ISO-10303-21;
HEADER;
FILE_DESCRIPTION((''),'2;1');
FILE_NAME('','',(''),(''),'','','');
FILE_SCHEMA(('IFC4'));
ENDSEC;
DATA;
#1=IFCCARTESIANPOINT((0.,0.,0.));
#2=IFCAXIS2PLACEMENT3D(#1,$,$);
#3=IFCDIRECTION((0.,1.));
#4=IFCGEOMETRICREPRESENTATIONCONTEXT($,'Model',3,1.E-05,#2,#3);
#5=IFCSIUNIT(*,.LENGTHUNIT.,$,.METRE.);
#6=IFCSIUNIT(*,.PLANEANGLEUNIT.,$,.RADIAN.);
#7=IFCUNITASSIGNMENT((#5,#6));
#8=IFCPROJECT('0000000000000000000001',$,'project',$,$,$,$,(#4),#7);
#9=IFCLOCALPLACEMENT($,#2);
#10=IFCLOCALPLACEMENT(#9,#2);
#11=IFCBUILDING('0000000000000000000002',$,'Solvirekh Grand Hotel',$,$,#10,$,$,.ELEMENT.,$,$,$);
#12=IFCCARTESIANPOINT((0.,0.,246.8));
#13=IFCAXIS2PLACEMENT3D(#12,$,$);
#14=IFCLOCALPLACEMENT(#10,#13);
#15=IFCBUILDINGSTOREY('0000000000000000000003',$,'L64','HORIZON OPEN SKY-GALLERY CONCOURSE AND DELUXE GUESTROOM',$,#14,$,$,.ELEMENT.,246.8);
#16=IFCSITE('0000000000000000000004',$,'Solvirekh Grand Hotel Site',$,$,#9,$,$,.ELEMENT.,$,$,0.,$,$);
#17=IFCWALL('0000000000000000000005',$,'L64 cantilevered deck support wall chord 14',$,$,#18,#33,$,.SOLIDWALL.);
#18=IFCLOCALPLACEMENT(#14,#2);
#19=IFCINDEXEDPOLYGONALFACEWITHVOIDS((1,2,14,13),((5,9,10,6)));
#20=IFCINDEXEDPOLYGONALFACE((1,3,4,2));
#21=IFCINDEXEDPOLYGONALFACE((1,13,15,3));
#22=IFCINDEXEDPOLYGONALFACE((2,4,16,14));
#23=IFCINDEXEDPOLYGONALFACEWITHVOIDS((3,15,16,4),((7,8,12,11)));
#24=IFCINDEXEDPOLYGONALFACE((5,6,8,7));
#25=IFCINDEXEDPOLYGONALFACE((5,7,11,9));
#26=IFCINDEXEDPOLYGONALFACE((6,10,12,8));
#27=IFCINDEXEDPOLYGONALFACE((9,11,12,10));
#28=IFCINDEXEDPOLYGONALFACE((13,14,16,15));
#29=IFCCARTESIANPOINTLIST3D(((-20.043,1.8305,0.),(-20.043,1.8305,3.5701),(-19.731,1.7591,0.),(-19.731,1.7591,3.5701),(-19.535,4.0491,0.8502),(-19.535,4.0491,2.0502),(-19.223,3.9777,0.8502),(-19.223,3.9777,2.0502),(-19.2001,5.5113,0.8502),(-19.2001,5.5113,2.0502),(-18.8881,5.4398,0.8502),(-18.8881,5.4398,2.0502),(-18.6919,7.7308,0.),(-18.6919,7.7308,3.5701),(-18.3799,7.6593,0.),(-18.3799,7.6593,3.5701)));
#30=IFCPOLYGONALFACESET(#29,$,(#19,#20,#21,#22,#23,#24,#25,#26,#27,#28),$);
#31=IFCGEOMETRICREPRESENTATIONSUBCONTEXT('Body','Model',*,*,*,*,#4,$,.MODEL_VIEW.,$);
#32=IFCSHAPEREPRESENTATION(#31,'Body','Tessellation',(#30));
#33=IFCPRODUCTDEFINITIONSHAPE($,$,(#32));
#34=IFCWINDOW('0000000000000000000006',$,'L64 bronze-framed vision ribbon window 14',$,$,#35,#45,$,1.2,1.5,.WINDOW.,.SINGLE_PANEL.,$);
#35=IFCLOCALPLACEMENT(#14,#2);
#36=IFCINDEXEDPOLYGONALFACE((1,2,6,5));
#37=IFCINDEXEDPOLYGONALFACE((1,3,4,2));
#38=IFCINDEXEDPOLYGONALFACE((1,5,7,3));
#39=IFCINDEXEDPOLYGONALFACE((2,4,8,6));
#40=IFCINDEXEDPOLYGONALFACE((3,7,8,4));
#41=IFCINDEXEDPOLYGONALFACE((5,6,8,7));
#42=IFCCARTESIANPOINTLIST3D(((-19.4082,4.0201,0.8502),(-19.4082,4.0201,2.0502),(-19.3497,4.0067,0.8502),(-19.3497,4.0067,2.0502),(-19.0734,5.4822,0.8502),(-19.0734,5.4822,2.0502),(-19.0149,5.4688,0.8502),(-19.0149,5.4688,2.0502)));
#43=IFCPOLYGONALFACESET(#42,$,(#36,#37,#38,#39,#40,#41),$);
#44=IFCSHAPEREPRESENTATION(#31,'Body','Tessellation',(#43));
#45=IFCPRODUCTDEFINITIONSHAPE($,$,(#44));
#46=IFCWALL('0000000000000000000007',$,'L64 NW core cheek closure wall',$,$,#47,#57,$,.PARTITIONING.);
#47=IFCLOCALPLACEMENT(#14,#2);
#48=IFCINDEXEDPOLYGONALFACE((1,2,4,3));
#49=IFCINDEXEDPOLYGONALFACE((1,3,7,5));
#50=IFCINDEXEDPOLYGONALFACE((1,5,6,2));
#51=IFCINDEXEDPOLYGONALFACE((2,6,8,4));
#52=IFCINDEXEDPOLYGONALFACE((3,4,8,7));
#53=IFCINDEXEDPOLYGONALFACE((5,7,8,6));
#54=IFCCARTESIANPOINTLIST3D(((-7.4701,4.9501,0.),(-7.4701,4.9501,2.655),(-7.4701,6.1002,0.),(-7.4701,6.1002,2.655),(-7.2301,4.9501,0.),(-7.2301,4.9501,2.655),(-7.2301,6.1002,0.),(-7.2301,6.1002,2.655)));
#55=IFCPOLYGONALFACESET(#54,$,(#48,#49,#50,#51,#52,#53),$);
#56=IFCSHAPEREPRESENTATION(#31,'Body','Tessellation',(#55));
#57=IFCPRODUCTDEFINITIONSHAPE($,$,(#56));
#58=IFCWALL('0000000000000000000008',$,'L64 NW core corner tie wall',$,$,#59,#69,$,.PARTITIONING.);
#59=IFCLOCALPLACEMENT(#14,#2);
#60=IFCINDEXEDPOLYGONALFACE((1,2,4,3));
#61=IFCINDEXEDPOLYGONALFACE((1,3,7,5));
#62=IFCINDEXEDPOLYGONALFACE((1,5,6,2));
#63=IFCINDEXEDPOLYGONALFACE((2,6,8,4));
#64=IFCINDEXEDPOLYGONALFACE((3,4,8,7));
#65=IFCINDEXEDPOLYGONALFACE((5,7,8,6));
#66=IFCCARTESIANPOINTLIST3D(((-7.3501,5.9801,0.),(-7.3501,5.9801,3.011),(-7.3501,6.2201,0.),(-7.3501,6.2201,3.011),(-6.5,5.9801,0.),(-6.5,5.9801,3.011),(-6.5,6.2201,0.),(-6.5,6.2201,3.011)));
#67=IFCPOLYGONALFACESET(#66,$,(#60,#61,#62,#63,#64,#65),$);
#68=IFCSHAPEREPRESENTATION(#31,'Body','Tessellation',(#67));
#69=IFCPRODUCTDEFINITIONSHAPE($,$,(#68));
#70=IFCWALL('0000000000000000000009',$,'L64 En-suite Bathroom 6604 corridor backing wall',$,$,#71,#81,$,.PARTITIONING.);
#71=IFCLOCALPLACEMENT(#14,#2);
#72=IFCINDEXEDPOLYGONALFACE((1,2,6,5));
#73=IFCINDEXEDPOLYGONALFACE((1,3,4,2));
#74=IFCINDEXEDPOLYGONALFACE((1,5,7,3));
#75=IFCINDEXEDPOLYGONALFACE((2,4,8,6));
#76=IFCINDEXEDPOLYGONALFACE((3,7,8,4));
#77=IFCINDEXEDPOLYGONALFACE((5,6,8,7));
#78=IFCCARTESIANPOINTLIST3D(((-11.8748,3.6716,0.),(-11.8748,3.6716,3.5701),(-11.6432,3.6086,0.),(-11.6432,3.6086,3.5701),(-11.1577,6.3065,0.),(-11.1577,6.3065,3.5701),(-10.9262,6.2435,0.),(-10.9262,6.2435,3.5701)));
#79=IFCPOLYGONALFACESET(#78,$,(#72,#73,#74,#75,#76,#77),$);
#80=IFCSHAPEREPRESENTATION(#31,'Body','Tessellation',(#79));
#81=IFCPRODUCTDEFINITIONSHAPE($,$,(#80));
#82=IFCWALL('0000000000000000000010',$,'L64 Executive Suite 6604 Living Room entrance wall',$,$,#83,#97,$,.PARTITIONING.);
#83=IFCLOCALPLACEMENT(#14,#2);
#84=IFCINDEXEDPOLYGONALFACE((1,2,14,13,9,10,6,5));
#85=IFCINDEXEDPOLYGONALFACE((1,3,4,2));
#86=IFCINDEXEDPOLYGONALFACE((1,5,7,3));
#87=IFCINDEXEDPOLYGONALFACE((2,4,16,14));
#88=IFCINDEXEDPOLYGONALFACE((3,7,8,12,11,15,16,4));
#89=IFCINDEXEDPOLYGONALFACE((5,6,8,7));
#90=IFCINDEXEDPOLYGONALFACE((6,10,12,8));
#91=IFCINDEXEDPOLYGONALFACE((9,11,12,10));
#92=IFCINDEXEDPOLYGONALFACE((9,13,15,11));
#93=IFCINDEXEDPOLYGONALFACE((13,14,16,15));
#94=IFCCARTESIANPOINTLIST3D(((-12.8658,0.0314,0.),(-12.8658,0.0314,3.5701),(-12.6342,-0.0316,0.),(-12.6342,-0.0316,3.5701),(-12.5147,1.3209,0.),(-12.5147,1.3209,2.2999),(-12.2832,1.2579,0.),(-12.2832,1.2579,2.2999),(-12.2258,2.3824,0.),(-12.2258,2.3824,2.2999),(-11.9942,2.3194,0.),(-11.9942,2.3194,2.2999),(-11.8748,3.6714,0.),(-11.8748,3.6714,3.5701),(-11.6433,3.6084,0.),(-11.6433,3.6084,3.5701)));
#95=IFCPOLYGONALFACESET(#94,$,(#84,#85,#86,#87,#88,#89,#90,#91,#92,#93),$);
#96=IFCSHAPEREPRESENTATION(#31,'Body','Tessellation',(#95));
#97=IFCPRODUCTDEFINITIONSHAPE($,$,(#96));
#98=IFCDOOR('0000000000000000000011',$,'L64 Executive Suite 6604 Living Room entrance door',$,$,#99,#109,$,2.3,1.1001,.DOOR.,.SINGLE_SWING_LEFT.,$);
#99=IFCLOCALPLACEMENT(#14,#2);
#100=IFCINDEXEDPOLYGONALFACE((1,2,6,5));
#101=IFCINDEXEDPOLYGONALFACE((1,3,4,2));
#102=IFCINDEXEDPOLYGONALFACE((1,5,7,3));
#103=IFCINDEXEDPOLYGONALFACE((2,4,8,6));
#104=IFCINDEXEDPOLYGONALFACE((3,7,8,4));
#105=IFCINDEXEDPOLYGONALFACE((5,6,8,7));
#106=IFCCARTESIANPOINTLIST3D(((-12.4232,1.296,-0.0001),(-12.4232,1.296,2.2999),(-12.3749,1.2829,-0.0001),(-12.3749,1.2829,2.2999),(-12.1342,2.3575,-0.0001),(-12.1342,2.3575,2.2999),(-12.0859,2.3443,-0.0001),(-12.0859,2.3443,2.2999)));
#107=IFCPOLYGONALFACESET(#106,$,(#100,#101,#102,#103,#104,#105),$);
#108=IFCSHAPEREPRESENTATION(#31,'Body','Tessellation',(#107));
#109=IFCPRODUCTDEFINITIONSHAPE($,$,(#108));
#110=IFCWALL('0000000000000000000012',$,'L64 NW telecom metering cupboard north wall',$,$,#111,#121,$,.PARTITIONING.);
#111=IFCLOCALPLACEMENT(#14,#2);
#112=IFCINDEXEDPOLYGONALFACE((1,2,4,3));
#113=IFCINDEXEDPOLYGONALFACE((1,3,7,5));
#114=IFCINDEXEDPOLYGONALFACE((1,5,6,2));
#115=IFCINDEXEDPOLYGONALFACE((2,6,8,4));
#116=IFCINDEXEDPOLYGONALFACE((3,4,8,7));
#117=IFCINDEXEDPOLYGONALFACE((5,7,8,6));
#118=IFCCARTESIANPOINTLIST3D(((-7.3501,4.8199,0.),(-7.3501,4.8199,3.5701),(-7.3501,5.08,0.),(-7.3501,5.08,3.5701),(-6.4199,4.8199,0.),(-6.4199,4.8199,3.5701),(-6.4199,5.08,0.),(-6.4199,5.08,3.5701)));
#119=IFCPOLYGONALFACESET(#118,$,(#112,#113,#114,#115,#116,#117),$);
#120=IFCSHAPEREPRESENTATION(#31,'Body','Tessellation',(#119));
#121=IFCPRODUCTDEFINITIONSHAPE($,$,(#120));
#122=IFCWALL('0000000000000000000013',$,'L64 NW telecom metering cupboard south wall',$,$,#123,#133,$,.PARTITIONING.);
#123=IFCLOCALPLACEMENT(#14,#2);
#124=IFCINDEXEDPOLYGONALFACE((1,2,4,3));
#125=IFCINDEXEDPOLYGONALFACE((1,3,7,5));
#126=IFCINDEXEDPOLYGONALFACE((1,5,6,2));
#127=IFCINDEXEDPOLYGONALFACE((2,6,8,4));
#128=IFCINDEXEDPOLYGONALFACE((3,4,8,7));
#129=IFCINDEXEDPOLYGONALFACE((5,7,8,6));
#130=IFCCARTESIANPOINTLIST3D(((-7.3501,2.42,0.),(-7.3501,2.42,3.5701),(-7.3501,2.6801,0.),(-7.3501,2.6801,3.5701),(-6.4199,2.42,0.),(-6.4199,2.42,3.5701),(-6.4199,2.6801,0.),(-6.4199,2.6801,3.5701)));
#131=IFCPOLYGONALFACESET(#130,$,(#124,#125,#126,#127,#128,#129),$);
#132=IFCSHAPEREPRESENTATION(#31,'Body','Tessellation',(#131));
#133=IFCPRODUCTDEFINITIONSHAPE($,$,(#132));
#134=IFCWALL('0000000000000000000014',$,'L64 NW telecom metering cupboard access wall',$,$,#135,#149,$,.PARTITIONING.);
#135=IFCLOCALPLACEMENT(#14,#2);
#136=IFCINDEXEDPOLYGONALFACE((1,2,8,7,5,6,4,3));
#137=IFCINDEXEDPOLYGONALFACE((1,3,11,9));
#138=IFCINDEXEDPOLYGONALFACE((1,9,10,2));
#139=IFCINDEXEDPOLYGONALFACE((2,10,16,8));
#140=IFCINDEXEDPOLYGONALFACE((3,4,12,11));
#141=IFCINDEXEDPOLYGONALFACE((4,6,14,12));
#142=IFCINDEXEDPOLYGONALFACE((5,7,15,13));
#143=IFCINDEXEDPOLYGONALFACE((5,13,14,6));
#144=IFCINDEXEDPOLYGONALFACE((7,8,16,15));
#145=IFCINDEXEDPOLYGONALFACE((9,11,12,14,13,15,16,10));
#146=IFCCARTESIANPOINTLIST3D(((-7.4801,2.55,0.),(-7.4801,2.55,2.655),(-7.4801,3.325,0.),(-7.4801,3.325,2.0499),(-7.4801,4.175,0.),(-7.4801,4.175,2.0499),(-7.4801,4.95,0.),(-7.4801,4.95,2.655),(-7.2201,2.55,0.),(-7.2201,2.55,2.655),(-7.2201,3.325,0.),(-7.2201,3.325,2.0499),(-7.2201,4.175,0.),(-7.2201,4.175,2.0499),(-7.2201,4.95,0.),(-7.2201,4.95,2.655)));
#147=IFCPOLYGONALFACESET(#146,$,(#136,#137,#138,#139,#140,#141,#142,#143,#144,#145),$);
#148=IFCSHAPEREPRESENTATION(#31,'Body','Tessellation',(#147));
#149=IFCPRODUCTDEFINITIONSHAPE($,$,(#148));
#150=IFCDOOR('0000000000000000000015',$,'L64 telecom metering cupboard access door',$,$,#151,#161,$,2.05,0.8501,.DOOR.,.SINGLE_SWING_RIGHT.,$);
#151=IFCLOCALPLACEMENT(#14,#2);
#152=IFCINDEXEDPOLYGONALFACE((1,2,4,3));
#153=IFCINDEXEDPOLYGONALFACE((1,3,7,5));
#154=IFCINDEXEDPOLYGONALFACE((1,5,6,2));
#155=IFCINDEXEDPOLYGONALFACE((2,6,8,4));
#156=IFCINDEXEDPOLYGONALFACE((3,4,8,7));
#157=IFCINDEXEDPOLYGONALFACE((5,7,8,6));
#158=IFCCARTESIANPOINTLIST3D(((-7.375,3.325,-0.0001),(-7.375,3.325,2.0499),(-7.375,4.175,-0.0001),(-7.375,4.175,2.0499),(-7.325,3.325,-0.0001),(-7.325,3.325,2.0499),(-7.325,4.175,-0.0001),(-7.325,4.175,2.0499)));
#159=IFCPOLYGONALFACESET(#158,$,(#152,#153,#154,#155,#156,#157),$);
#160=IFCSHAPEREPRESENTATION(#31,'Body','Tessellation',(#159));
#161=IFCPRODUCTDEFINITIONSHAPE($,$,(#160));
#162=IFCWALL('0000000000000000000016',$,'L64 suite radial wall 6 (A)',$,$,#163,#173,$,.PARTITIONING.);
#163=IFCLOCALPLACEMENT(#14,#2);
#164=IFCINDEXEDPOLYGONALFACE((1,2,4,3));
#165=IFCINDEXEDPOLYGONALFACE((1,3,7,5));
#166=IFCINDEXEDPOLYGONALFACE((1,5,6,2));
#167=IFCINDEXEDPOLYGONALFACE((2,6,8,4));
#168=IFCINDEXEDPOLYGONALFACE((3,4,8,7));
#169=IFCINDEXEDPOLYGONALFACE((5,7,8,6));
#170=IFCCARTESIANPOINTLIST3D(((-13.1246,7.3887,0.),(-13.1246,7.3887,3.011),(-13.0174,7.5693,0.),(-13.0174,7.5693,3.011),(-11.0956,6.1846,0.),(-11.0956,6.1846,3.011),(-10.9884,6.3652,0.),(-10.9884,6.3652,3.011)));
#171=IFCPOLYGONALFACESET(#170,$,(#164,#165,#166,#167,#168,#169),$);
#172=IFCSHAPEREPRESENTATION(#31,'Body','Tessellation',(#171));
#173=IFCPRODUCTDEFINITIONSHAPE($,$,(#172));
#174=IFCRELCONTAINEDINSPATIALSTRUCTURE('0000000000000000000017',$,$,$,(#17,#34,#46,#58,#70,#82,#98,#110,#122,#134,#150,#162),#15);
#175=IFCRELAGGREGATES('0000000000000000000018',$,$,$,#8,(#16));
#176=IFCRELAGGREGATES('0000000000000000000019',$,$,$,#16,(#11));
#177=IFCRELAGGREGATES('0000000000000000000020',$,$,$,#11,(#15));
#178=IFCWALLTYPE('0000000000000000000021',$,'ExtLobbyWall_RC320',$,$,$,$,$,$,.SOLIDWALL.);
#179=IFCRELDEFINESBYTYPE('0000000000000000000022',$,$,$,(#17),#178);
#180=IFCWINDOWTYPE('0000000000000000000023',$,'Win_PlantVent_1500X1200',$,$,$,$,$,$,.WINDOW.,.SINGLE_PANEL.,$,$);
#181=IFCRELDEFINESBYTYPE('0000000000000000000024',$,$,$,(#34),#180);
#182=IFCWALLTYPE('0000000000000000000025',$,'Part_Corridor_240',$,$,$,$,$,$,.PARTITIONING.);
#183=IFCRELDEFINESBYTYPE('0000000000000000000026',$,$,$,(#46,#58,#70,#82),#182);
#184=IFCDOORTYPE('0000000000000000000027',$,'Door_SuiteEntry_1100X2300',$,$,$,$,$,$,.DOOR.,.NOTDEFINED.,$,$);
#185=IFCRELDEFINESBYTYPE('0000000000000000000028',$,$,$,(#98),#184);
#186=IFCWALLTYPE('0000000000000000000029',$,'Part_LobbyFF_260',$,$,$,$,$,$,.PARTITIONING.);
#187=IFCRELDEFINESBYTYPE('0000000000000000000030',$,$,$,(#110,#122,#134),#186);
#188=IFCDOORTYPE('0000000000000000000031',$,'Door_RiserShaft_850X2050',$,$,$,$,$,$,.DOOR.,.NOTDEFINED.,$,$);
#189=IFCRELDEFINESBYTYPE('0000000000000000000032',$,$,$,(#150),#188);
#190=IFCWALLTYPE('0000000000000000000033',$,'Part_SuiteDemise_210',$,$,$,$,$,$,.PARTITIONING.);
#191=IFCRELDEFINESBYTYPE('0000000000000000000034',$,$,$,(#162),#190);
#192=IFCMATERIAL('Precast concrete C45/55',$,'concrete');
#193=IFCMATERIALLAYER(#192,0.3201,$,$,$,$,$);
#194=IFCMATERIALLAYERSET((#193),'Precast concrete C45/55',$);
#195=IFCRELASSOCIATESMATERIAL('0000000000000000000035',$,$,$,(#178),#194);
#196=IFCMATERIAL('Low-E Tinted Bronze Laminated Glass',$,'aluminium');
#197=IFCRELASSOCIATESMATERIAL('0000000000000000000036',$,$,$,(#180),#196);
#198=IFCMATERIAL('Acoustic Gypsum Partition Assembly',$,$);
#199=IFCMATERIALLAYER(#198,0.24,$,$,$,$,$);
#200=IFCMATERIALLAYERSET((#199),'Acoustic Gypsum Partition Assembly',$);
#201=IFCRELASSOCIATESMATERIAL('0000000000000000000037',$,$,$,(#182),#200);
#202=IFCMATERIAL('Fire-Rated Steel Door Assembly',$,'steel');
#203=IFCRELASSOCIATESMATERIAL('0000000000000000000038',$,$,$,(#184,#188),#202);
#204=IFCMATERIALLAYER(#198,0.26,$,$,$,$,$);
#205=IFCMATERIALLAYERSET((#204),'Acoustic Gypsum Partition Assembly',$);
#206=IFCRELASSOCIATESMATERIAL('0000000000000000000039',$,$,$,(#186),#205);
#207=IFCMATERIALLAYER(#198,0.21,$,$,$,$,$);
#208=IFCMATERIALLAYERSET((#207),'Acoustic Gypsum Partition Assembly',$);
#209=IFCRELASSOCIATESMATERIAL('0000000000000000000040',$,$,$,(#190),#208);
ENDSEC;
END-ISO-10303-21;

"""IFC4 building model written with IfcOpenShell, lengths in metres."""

from ifc_helpers import new_model, si_unit, direction, frame, frame_2d, origin, place, context, subcontext, project, spatial, rectangle, extrude, material, layer, layer_set, type_object, element, fill, save


model = new_model("IFC4")

# Units and contexts
model_context = context("Model", 3, precision=1e-05, world=origin(), true_north=direction((0.0, 1.0)))
body_context = subcontext(model_context, "Body", "Model", "MODEL_VIEW")
ifc_project = project(units=[si_unit("LENGTHUNIT", "METRE"), si_unit("PLANEANGLEUNIT", "RADIAN")], contexts=[model_context])

# Site, building, storey
site_placement = place(None, origin())
site = spatial("IfcSite", under=ifc_project, at=site_placement, Name="Solvirekh Grand Hotel Site", CompositionType="ELEMENT", RefElevation=0.0)
building_placement = place(site_placement, origin())
building = spatial("IfcBuilding", under=site, at=building_placement, Name="Solvirekh Grand Hotel", CompositionType="ELEMENT")
storey_placement = place(building_placement, frame((0.0, 0.0, 246.8)))
storey = spatial("IfcBuildingStorey", under=building, at=storey_placement, Name="L64", Description="HORIZON OPEN SKY-GALLERY CONCOURSE AND DELUXE GUESTROOM", CompositionType="ELEMENT", Elevation=246.8)

# Wall, opening, window
ifc_material_1 = material(Name="Precast concrete C45/55", Category="concrete")
ifc_layer_1 = layer(ifc_material_1, 0.3201)
ifc_layer_set_1 = layer_set([ifc_layer_1], Name="Precast concrete C45/55")
wall_type_1 = type_object("IfcWallType", Name="ExtLobbyWall_RC320", PredefinedType="SOLIDWALL", material=ifc_layer_set_1)
ifc_material_2 = material(Name="Low-E Tinted Bronze Laminated Glass", Category="aluminium")
window_type = type_object("IfcWindowType", Name="Win_PlantVent_1500X1200", PartitioningType="SINGLE_PANEL", PredefinedType="WINDOW", material=ifc_material_2)
wall_1_placement = place(storey_placement, frame((-19.887, 1.7949, 0.0), z_axis=(0.0, 0.0, 1.0), x_axis=(0.223212, 0.97477, 0.0)))
wall_1 = element("IfcWall", 1, at=wall_1_placement, inside=storey, type_object=wall_type_1, Name="L64 cantilevered deck support wall chord 14", PredefinedType="SOLIDWALL", context=body_context, shape_type="SweptSolid", body=[
    extrude(rectangle(XDim=6.053, YDim=0.3201, at=frame_2d((3.0264, 0.0))), origin(), (0.0, 0.0, 1.0), 3.5701),
])
opening_1_placement = place(wall_1_placement, frame((2.2759, 0.0, 0.8501)))
opening_1 = element("IfcOpeningElement", 2, at=opening_1_placement, cuts=wall_1, PredefinedType="OPENING", context=body_context, shape_type="SweptSolid", body=[
    extrude(rectangle(XDim=1.5, YDim=1.2, at=frame_2d((0.75, 0.6001))), frame((0.0, 0.1699, 0.0), z_axis=(0.0, -1.0, 0.0), x_axis=(1.0, 0.0, 0.0)), (0.0, 0.0, 1.0), 0.3401),
])
window_1_placement = place(opening_1_placement, origin())
window_1 = element("IfcWindow", 3, at=window_1_placement, inside=storey, type_object=window_type, Name="L64 bronze-framed vision ribbon window 14", OverallHeight=1.2, OverallWidth=1.5, PartitioningType="SINGLE_PANEL", PredefinedType="WINDOW", context=body_context, shape_type="SweptSolid", body=[
    extrude(rectangle(XDim=1.5, YDim=1.2, at=frame_2d((0.75, 0.6001))), frame((0.0, 0.03, 0.0), z_axis=(0.0, -1.0, 0.0), x_axis=(1.0, 0.0, 0.0)), (0.0, 0.0, 1.0), 0.0601),
])
fill(opening_1, window_1)

# Walls
ifc_material_3 = material(Name="Acoustic Gypsum Partition Assembly")
ifc_layer_2 = layer(ifc_material_3, 0.24)
ifc_layer_set_2 = layer_set([ifc_layer_2], Name="Acoustic Gypsum Partition Assembly")
wall_type_2 = type_object("IfcWallType", Name="Part_Corridor_240", PredefinedType="PARTITIONING", material=ifc_layer_set_2)
wall_2_placement = place(storey_placement, frame((-7.3501, 4.95, 0.0), z_axis=(0.0, 0.0, 1.0), x_axis=(0.0, 1.0, 0.0)))
element("IfcWall", 4, at=wall_2_placement, inside=storey, type_object=wall_type_2, Name="L64 NW core cheek closure wall", PredefinedType="PARTITIONING", context=body_context, shape_type="SweptSolid", body=[
    extrude(rectangle(XDim=1.1501, YDim=0.24, at=frame_2d((0.5752, 0.0))), origin(), (0.0, 0.0, 1.0), 2.655),
])
wall_3_placement = place(storey_placement, frame((-7.3501, 6.1001, 0.0), z_axis=(0.0, 0.0, 1.0), x_axis=(1.0, 0.0, 0.0)))
element("IfcWall", 5, at=wall_3_placement, inside=storey, type_object=wall_type_2, Name="L64 NW core corner tie wall", PredefinedType="PARTITIONING", context=body_context, shape_type="SweptSolid", body=[
    extrude(rectangle(XDim=0.8501, YDim=0.24, at=frame_2d((0.425, 0.0))), origin(), (0.0, 0.0, 1.0), 3.011),
])
wall_4_placement = place(storey_placement, frame((-11.042, 6.2749, 0.0), z_axis=(0.0, 0.0, 1.0), x_axis=(-0.262573, -0.964912, 0.0)))
element("IfcWall", 6, at=wall_4_placement, inside=storey, type_object=wall_type_2, Name="L64 En-suite Bathroom 6604 corridor backing wall", PredefinedType="PARTITIONING", context=body_context, shape_type="SweptSolid", body=[
    extrude(rectangle(XDim=2.7307, YDim=0.24, at=frame_2d((1.3652, 0.0))), origin(), (0.0, 0.0, 1.0), 3.5701),
])

# Wall, opening, door
wall_5_placement = place(storey_placement, frame((-11.759, 3.6399, 0.0), z_axis=(0.0, 0.0, 1.0), x_axis=(-0.26269, -0.96488, 0.0)))
wall_5 = element("IfcWall", 7, at=wall_5_placement, inside=storey, type_object=wall_type_2, Name="L64 Executive Suite 6604 Living Room entrance wall", PredefinedType="PARTITIONING", context=body_context, shape_type="SweptSolid", body=[
    extrude(rectangle(XDim=3.7725, YDim=0.24, at=frame_2d((1.8862, 0.0))), origin(), (0.0, 0.0, 1.0), 3.5701),
])
opening_2_placement = place(wall_5_placement, frame((1.3359, 0.0, 0.0)))
opening_2 = element("IfcOpeningElement", 8, at=opening_2_placement, cuts=wall_5, PredefinedType="OPENING", context=body_context, shape_type="SweptSolid", body=[
    extrude(rectangle(XDim=1.1001, YDim=2.3, at=frame_2d((0.55, 1.1499))), frame((0.0, 0.1299, 0.0), z_axis=(0.0, -1.0, 0.0), x_axis=(1.0, 0.0, 0.0)), (0.0, 0.0, 1.0), 0.26),
])
ifc_material_4 = material(Name="Fire-Rated Steel Door Assembly", Category="steel")
door_type_1 = type_object("IfcDoorType", Name="Door_SuiteEntry_1100X2300", OperationType="NOTDEFINED", PredefinedType="DOOR", material=ifc_material_4)
door_1_placement = place(opening_2_placement, origin())
door_1 = element("IfcDoor", 9, at=door_1_placement, inside=storey, type_object=door_type_1, Name="L64 Executive Suite 6604 Living Room entrance door", OperationType="SINGLE_SWING_LEFT", OverallHeight=2.3, OverallWidth=1.1001, PredefinedType="DOOR", context=body_context, shape_type="SweptSolid", body=[
    extrude(rectangle(XDim=1.1001, YDim=2.3, at=frame_2d((0.55, 1.1499))), frame((0.0, 0.0249, 0.0), z_axis=(0.0, -1.0, 0.0), x_axis=(1.0, 0.0, 0.0)), (0.0, 0.0, 1.0), 0.05),
])
fill(opening_2, door_1)

# Walls
ifc_layer_3 = layer(ifc_material_3, 0.26)
ifc_layer_set_3 = layer_set([ifc_layer_3], Name="Acoustic Gypsum Partition Assembly")
wall_type_3 = type_object("IfcWallType", Name="Part_LobbyFF_260", PredefinedType="PARTITIONING", material=ifc_layer_set_3)
for number, where, z_axis, x_axis, name in (
    (10, (-7.3501, 4.95, 0.0), (0.0, 0.0, 1.0), (1.0, 0.0, 0.0), "L64 NW telecom metering cupboard north wall"),
    (11, (-7.3501, 2.55, 0.0), (0.0, 0.0, 1.0), (1.0, 0.0, 0.0), "L64 NW telecom metering cupboard south wall"),
):
    element("IfcWall", number, at=place(storey_placement, frame(where, z_axis=z_axis, x_axis=x_axis)), inside=storey, type_object=wall_type_3, Name=name, PredefinedType="PARTITIONING", context=body_context, shape_type="SweptSolid", body=[
        extrude(rectangle(XDim=0.9302, YDim=0.26, at=frame_2d((0.4651, 0.0))), origin(), (0.0, 0.0, 1.0), 3.5701),
    ])

# Wall, opening, door
wall_6_placement = place(storey_placement, frame((-7.3501, 2.55, 0.0), z_axis=(0.0, 0.0, 1.0), x_axis=(0.0, 1.0, 0.0)))
wall_6 = element("IfcWall", 12, at=wall_6_placement, inside=storey, type_object=wall_type_3, Name="L64 NW telecom metering cupboard access wall", PredefinedType="PARTITIONING", context=body_context, shape_type="SweptSolid", body=[
    extrude(rectangle(XDim=2.3999, YDim=0.26, at=frame_2d((1.2, 0.0))), origin(), (0.0, 0.0, 1.0), 2.655),
])
opening_3_placement = place(wall_6_placement, frame((0.7749, 0.0, 0.0)))
opening_3 = element("IfcOpeningElement", 13, at=opening_3_placement, cuts=wall_6, PredefinedType="OPENING", context=body_context, shape_type="SweptSolid", body=[
    extrude(rectangle(XDim=0.8501, YDim=2.05, at=frame_2d((0.425, 1.0249))), frame((0.0, 0.1401, 0.0), z_axis=(0.0, -1.0, 0.0), x_axis=(1.0, 0.0, 0.0)), (0.0, 0.0, 1.0), 0.28),
])
door_type_2 = type_object("IfcDoorType", Name="Door_RiserShaft_850X2050", OperationType="NOTDEFINED", PredefinedType="DOOR", material=ifc_material_4)
door_2_placement = place(opening_3_placement, origin())
door_2 = element("IfcDoor", 14, at=door_2_placement, inside=storey, type_object=door_type_2, Name="L64 telecom metering cupboard access door", OperationType="SINGLE_SWING_RIGHT", OverallHeight=2.05, OverallWidth=0.8501, PredefinedType="DOOR", context=body_context, shape_type="SweptSolid", body=[
    extrude(rectangle(XDim=0.8501, YDim=2.05, at=frame_2d((0.425, 1.0249))), frame((0.0, 0.0249, 0.0), z_axis=(0.0, -1.0, 0.0), x_axis=(1.0, 0.0, 0.0)), (0.0, 0.0, 1.0), 0.05),
])
fill(opening_3, door_2)

# Wall
ifc_layer_4 = layer(ifc_material_3, 0.21)
ifc_layer_set_4 = layer_set([ifc_layer_4], Name="Acoustic Gypsum Partition Assembly")
wall_type_4 = type_object("IfcWallType", Name="Part_SuiteDemise_210", PredefinedType="PARTITIONING", material=ifc_layer_set_4)
wall_7_placement = place(storey_placement, frame((-11.042, 6.2749, 0.0), z_axis=(0.0, 0.0, 1.0), x_axis=(-0.859975, 0.510336, 0.0)))
element("IfcWall", 15, at=wall_7_placement, inside=storey, type_object=wall_type_4, Name="L64 suite radial wall 6 (A)", PredefinedType="PARTITIONING", context=body_context, shape_type="SweptSolid", body=[
    extrude(rectangle(XDim=2.3594, YDim=0.21, at=frame_2d((1.1797, 0.0))), origin(), (0.0, 0.0, 1.0), 3.011),
])

save(model, "model.ifc")
